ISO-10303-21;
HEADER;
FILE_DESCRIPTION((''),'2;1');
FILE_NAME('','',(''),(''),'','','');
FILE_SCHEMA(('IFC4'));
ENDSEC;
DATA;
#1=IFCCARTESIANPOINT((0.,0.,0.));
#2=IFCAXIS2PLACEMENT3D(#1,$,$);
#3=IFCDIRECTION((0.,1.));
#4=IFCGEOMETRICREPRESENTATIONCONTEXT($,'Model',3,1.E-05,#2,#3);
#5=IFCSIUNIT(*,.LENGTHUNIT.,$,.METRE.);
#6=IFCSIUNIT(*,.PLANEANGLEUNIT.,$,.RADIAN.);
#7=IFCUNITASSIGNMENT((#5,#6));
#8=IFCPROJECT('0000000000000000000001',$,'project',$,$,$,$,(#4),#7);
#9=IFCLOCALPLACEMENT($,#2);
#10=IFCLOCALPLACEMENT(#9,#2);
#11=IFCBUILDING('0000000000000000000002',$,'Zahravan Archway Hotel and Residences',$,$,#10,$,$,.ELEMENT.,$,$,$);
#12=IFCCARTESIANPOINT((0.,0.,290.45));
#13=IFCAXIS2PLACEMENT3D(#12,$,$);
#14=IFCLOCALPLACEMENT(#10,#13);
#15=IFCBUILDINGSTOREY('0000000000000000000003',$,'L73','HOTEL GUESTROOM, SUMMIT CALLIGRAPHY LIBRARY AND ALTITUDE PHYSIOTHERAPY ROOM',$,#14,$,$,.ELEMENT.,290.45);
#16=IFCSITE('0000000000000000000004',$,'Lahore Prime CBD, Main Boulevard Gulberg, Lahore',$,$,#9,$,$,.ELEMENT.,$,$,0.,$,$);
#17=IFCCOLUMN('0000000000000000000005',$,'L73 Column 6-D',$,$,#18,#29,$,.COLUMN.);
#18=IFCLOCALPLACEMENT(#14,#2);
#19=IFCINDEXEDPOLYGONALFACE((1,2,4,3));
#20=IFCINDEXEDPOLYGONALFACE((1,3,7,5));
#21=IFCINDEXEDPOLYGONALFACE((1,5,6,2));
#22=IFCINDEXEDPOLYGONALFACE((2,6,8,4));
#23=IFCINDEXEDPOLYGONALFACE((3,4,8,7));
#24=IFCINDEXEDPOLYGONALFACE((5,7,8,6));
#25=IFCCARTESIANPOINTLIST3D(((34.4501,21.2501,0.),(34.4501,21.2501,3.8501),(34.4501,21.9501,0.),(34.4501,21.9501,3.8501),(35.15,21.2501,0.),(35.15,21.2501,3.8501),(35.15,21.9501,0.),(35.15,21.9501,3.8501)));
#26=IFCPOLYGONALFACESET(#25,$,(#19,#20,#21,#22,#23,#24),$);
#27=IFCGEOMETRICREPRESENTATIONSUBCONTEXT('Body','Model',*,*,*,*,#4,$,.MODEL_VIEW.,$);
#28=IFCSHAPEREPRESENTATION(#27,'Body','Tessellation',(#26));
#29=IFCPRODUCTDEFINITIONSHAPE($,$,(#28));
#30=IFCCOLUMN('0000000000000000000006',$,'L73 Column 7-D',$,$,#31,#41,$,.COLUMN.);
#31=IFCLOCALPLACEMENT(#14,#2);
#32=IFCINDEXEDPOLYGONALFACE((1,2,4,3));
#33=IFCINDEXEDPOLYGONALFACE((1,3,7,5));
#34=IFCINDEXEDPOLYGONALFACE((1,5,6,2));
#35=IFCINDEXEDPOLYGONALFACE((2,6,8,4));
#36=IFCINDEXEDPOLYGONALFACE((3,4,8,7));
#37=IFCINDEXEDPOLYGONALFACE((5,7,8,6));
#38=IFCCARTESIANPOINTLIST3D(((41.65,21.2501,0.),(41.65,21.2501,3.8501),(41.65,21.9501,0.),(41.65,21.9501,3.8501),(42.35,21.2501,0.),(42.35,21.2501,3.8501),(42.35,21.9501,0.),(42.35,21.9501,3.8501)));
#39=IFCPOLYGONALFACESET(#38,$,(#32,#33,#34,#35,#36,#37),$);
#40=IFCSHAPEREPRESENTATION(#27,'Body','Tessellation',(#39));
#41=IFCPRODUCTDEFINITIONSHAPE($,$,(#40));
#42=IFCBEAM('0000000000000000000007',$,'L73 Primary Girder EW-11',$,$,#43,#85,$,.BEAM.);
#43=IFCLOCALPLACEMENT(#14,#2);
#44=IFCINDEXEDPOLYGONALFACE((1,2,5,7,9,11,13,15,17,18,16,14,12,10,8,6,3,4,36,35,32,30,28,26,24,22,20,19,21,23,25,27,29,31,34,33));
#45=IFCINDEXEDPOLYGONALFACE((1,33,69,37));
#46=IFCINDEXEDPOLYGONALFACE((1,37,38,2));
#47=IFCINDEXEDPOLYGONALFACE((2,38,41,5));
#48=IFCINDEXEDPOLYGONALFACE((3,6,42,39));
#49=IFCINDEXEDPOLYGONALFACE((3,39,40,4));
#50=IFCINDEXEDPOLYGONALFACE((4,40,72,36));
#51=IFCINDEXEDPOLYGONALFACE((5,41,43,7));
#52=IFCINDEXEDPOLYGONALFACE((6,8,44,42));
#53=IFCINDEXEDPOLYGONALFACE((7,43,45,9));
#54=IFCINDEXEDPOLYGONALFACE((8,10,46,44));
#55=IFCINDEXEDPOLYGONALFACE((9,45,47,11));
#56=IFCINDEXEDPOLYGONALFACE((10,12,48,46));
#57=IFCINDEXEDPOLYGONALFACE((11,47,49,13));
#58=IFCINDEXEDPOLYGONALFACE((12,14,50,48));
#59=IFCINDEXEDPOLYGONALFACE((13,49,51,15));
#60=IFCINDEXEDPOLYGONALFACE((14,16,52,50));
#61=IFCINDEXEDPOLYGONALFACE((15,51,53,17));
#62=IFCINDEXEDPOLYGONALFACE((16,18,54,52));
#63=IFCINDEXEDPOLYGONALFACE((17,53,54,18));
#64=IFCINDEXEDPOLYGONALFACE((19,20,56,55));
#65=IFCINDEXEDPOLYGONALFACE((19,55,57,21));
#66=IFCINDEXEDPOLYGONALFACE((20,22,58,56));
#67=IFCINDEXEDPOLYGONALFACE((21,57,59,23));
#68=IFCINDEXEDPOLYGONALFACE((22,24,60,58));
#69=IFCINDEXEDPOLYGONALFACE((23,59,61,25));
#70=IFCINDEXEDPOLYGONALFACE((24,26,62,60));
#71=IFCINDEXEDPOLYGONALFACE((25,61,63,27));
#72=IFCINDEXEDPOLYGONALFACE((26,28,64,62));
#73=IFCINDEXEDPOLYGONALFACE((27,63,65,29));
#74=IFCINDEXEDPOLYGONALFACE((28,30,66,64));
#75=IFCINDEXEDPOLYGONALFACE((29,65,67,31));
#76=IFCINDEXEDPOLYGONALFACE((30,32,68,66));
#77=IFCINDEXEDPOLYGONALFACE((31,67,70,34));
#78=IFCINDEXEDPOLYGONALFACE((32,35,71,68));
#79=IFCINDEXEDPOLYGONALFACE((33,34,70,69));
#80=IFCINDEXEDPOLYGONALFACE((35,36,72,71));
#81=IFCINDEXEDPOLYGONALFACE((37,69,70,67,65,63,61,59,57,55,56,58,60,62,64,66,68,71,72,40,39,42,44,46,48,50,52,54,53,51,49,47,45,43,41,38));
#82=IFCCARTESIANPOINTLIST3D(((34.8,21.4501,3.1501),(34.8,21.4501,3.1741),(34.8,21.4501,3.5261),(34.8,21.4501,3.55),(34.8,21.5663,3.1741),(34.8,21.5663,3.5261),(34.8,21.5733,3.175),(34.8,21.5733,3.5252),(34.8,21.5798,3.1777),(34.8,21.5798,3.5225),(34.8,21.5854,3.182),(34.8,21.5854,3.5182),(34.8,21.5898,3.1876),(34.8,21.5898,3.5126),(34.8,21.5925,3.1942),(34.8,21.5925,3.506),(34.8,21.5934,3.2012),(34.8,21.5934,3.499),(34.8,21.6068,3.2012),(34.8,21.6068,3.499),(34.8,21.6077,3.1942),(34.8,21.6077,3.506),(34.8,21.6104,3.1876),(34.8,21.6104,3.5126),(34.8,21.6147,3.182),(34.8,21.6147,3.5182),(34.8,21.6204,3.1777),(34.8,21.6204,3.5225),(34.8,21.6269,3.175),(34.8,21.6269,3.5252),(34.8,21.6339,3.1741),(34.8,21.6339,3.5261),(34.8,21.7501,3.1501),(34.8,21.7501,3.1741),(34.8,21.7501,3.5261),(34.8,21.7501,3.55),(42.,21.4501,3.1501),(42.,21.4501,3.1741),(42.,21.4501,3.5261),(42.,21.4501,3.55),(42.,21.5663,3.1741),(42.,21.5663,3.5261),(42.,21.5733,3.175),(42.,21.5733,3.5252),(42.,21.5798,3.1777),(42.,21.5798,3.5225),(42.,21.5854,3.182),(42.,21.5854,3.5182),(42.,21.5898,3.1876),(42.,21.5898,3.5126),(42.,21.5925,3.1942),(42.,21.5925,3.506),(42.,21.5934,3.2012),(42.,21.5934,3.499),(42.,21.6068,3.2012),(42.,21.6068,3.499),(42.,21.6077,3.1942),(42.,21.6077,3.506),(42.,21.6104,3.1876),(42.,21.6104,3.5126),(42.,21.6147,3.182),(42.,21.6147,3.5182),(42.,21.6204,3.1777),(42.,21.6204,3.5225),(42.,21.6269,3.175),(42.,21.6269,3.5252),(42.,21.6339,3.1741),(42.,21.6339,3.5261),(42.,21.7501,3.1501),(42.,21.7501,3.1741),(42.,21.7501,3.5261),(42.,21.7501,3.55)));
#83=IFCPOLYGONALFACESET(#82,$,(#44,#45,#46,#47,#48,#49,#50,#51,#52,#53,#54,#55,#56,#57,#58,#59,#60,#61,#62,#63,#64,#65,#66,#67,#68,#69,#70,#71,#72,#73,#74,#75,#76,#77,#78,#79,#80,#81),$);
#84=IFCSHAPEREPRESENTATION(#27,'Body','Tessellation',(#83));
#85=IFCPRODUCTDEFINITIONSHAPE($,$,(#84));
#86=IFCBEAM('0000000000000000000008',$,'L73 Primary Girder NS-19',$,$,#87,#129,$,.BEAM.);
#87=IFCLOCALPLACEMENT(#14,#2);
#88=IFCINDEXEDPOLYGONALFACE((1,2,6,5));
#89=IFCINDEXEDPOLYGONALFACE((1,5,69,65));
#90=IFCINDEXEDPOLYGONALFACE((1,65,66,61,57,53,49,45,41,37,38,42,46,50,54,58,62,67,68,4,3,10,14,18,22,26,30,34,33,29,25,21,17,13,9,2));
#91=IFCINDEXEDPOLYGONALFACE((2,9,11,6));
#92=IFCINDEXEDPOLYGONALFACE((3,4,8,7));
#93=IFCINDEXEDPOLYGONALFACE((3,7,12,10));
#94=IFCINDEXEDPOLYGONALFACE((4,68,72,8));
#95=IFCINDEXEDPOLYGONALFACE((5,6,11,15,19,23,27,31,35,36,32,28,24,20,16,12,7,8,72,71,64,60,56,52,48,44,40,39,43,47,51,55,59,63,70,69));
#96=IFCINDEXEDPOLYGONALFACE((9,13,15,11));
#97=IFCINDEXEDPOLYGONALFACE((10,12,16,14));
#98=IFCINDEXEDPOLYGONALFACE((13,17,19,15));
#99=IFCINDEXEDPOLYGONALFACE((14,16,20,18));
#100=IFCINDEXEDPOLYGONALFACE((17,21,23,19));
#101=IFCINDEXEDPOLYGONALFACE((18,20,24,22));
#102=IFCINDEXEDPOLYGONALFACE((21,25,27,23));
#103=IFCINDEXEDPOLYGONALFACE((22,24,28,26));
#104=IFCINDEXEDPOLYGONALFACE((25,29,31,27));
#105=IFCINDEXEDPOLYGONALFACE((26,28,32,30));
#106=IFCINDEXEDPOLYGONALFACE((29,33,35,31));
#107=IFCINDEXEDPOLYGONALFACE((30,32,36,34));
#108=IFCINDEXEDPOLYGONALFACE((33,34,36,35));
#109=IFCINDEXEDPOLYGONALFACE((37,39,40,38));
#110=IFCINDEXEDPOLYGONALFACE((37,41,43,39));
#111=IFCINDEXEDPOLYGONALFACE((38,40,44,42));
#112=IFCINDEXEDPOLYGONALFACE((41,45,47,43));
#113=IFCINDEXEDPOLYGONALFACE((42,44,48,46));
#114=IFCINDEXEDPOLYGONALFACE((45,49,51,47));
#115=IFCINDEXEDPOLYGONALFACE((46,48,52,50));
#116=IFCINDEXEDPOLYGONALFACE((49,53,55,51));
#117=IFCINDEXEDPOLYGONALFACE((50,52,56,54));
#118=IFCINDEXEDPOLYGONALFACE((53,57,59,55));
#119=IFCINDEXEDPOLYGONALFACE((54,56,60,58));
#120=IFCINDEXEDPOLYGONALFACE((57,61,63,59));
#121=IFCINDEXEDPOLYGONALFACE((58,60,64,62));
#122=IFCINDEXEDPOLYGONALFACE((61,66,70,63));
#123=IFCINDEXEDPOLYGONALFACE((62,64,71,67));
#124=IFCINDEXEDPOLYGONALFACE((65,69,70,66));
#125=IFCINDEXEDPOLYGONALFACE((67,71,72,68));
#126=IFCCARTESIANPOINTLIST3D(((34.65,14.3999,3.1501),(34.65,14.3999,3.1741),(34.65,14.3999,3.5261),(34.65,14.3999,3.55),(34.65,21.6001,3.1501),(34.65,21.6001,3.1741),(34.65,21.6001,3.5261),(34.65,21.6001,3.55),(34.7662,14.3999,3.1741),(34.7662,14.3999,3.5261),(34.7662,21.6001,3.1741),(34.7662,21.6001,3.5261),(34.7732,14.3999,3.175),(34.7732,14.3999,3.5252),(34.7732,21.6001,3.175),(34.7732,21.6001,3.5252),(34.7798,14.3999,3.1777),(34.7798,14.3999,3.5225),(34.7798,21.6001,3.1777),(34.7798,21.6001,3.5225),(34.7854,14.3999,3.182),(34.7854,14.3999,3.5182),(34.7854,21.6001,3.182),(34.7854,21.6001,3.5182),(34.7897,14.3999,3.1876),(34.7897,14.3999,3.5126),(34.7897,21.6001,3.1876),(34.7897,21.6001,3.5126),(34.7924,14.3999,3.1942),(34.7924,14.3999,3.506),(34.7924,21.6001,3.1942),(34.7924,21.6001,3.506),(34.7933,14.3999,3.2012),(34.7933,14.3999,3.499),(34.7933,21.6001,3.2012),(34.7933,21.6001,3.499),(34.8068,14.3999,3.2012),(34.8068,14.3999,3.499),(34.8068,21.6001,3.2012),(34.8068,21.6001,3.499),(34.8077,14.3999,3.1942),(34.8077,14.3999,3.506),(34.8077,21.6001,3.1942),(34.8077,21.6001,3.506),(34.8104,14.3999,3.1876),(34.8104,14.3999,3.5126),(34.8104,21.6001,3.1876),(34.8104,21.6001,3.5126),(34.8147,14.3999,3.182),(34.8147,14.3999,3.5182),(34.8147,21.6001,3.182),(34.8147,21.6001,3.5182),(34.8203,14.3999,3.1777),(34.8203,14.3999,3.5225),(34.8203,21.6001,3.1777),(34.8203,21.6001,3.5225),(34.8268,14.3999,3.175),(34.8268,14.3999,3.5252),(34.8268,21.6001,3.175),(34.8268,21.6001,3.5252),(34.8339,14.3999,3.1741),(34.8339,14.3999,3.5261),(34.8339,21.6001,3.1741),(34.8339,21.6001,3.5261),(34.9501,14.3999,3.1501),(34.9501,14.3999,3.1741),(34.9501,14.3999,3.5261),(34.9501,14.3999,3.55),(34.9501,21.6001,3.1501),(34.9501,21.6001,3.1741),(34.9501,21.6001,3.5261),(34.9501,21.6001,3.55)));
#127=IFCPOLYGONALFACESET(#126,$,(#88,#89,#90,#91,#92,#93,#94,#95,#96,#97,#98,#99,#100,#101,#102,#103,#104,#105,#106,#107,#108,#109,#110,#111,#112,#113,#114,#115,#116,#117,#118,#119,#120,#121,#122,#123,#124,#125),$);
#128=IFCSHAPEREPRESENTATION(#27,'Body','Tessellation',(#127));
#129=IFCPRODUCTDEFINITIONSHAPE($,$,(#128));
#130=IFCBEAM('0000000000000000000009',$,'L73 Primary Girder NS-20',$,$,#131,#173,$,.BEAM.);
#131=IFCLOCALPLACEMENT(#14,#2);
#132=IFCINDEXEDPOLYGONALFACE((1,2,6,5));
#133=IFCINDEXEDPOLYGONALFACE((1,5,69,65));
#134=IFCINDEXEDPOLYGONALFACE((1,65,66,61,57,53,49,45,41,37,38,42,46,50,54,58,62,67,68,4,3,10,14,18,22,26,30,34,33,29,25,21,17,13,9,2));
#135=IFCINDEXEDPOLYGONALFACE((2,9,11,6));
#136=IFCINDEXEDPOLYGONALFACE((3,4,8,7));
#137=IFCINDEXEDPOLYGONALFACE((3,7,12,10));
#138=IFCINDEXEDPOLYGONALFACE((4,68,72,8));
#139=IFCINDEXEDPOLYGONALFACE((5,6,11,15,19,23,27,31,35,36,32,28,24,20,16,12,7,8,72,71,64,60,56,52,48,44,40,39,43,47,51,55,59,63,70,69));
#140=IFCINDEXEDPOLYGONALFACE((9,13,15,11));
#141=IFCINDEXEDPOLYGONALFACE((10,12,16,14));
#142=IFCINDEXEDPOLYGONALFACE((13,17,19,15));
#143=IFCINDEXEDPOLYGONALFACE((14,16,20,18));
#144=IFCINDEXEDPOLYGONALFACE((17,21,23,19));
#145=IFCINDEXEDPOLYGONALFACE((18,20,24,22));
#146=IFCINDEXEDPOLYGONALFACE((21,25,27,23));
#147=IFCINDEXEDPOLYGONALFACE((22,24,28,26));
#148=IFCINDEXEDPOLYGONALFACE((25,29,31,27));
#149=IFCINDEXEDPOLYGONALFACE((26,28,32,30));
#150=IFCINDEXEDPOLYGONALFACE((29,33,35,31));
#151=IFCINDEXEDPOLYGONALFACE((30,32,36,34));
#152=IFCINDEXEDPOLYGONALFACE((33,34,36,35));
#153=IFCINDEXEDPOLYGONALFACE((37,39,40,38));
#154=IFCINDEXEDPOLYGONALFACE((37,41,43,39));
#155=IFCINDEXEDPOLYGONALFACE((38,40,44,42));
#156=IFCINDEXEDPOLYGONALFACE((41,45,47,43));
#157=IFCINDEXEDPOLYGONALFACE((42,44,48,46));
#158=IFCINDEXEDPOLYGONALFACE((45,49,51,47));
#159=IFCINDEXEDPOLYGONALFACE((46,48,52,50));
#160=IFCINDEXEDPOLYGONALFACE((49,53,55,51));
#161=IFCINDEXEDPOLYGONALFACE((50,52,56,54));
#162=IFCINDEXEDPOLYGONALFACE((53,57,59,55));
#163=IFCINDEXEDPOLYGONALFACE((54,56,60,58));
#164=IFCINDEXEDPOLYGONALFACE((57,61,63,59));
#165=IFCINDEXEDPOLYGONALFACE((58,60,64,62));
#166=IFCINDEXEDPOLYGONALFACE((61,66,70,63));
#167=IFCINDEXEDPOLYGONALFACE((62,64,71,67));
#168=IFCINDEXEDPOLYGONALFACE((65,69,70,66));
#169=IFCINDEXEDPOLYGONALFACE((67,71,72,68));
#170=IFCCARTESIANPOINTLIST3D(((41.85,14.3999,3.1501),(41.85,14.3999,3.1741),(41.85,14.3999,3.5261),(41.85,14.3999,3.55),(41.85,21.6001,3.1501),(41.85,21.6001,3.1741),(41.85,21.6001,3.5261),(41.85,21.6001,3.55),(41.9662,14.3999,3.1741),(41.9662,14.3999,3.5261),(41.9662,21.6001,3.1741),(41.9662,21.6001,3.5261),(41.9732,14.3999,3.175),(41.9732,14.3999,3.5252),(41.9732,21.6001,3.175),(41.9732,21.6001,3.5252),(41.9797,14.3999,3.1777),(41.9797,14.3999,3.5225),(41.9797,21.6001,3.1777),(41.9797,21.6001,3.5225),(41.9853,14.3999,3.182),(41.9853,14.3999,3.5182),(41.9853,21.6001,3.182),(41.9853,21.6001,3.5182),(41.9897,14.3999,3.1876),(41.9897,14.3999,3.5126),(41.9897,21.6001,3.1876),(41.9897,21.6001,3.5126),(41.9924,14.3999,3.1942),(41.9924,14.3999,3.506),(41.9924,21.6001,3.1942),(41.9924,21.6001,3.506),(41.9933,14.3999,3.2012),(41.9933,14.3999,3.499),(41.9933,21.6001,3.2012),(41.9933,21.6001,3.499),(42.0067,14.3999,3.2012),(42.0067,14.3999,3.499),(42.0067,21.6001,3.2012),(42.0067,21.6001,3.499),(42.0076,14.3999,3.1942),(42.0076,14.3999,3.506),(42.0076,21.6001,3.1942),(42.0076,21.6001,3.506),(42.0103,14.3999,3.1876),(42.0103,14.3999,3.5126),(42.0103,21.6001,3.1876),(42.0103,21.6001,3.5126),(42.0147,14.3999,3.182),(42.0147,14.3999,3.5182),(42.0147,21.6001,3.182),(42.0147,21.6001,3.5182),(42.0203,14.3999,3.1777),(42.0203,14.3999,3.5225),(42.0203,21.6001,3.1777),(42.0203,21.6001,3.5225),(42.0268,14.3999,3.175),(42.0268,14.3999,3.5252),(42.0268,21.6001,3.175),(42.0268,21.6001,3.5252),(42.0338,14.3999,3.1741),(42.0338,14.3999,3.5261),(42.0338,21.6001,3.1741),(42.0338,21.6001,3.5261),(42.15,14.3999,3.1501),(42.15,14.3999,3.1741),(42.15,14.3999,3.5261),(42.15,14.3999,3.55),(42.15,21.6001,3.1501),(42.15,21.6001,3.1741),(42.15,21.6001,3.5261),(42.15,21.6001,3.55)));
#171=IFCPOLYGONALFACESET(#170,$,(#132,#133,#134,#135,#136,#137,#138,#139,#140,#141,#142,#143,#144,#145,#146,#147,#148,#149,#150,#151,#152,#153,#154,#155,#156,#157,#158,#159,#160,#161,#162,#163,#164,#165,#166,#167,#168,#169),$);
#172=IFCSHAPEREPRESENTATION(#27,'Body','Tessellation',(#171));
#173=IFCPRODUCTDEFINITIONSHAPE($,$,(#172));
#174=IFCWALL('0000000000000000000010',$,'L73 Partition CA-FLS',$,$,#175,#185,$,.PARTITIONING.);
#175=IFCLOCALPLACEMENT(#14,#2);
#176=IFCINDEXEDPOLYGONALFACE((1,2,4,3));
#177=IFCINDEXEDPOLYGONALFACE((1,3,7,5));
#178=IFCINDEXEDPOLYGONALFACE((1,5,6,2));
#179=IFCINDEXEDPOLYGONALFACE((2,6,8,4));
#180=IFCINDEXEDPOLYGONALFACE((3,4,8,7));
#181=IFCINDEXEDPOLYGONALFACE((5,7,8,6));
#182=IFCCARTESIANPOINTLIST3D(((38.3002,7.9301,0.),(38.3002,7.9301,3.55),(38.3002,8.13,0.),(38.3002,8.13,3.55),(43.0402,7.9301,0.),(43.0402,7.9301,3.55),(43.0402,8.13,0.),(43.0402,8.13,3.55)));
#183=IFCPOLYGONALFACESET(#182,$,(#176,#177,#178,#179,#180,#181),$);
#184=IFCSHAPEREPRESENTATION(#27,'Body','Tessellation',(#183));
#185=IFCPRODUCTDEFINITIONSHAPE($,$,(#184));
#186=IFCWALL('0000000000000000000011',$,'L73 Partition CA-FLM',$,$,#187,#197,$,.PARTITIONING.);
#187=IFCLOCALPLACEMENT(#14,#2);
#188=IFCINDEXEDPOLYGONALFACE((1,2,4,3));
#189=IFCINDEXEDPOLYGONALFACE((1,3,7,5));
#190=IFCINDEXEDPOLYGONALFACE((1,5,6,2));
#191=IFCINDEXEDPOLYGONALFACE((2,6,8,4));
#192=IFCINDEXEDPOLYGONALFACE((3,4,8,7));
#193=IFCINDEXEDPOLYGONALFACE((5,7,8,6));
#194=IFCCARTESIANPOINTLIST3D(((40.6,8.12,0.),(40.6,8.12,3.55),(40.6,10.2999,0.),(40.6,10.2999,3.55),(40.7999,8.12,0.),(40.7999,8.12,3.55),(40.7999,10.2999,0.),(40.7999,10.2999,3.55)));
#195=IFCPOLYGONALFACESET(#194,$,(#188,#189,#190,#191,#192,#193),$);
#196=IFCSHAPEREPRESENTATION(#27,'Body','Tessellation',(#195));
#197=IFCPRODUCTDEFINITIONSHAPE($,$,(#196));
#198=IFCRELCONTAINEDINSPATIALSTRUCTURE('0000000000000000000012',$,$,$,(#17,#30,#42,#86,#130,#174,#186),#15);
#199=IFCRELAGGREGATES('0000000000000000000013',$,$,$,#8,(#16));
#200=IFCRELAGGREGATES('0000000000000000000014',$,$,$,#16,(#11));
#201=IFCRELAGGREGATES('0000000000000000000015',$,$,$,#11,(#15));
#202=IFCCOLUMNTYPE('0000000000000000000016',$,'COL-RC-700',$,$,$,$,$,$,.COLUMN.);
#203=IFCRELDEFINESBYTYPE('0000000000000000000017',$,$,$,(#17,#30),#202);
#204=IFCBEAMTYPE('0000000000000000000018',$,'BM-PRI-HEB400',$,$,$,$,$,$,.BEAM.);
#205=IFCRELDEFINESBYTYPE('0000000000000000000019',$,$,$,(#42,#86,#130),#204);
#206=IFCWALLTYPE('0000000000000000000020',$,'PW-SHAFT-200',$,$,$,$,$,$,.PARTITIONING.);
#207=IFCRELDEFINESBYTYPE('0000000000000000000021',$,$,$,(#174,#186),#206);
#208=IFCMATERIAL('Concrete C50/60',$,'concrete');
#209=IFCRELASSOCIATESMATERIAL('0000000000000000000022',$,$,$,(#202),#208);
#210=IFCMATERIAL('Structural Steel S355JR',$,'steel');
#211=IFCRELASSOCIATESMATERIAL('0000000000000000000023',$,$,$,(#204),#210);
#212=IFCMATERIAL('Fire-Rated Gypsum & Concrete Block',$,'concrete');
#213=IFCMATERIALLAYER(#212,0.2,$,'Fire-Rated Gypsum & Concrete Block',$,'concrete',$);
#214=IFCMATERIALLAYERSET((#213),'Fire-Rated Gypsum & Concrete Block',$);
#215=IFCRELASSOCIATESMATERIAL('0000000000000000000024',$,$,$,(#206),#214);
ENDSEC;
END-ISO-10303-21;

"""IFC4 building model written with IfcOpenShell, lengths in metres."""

from ifc_helpers import new_model, si_unit, direction, frame, frame_2d, origin, origin_2d, place, context, subcontext, project, spatial, rectangle, i_section, extrude, source, transform, mapped, material, layer, layer_set, material_profile, profile_set, type_object, type_shapes, element, save


model = new_model("IFC4")

# Units and contexts
model_context = context("Model", 3, precision=1e-05, world=origin(), true_north=direction((0.0, 1.0)))
body_context = subcontext(model_context, "Body", "Model", "MODEL_VIEW")
ifc_project = project(units=[si_unit("LENGTHUNIT", "METRE"), si_unit("PLANEANGLEUNIT", "RADIAN")], contexts=[model_context])

# Site, building, storey
site_placement = place(None, origin())
site = spatial("IfcSite", under=ifc_project, at=site_placement, Name="Lahore Prime CBD, Main Boulevard Gulberg, Lahore", CompositionType="ELEMENT", RefElevation=0.0)
building_placement = place(site_placement, origin())
building = spatial("IfcBuilding", under=site, at=building_placement, Name="Zahravan Archway Hotel and Residences", CompositionType="ELEMENT")
storey_placement = place(building_placement, frame((0.0, 0.0, 290.45)))
storey = spatial("IfcBuildingStorey", under=building, at=storey_placement, Name="L73", Description="HOTEL GUESTROOM, SUMMIT CALLIGRAPHY LIBRARY AND ALTITUDE PHYSIOTHERAPY ROOM", CompositionType="ELEMENT", Elevation=290.45)

# Columns
ifc_material_1 = material(Name="Concrete C50/60", Category="concrete")
ifc_material_profile_1 = material_profile(ifc_material_1, rectangle(XDim=0.7, YDim=0.7, at=origin_2d()), Name="RC-COL-700x700", Category="concrete")
ifc_profile_set_1 = profile_set([ifc_material_profile_1], Name="Concrete C50/60")
column_type = type_object("IfcColumnType", Name="COL-RC-700", PredefinedType="COLUMN", material=ifc_profile_set_1)
shared_shape_1 = source(origin(), body_context, "Body", "SweptSolid", [
    extrude(rectangle(XDim=0.7, YDim=0.7, at=origin_2d()), origin(), (0.0, 0.0, 1.0), 3.8501),
])
for number, where, z_axis, x_axis, name in (
    (1, (34.8, 21.6001, 0.0), (0.0, 0.0, 1.0), (1.0, 0.0, 0.0), "L73 Column 6-D"),
    (2, (42.0, 21.6001, 0.0), (0.0, 0.0, 1.0), (1.0, 0.0, 0.0), "L73 Column 7-D"),
):
    element("IfcColumn", number, at=place(storey_placement, frame(where, z_axis=z_axis, x_axis=x_axis)), inside=storey, type_object=column_type, Name=name, PredefinedType="COLUMN", context=body_context, shape_type="MappedRepresentation", body=[
        mapped(shared_shape_1, transform((0.0, 0.0, 0.0), scale=1.0)),
    ])

# Beams
ifc_material_2 = material(Name="Structural Steel S355JR", Category="steel")
ifc_material_profile_2 = material_profile(ifc_material_2, i_section(OverallWidth=0.3, OverallDepth=0.3999, WebThickness=0.0134, FlangeThickness=0.0239, FilletRadius=0.0271, at=origin_2d()), Name="HEB 400", Category="steel")
ifc_profile_set_2 = profile_set([ifc_material_profile_2], Name="Structural Steel S355JR")
beam_type = type_object("IfcBeamType", Name="BM-PRI-HEB400", PredefinedType="BEAM", material=ifc_profile_set_2)
shared_shape_2 = source(origin(), body_context, "Body", "SweptSolid", [
    extrude(i_section(OverallWidth=0.3, OverallDepth=0.3999, WebThickness=0.0134, FlangeThickness=0.0239, FilletRadius=0.0271, at=origin_2d()), origin(), (0.0, 0.0, 1.0), 7.2),
])
type_shapes(beam_type, [shared_shape_2])
beam_placement = place(storey_placement, frame((34.8, 21.6001, 3.3501), z_axis=(1.0, 0.0, 0.0), x_axis=(0.0, 1.0, 0.0)))
element("IfcBeam", 3, at=beam_placement, inside=storey, type_object=beam_type, Name="L73 Primary Girder EW-11", PredefinedType="BEAM", context=body_context, shape_type="MappedRepresentation", body=[
    mapped(shared_shape_2, transform((0.0, 0.0, 0.0), scale=1.0)),
])
shared_shape_3 = source(origin(), body_context, "Body", "SweptSolid", [
    extrude(i_section(OverallWidth=0.3, OverallDepth=0.3999, WebThickness=0.0134, FlangeThickness=0.0239, FilletRadius=0.0271, at=origin_2d()), origin(), (0.0, 0.0, 1.0), 7.2002),
])
for number, where, z_axis, x_axis, name in (
    (4, (34.8, 14.3999, 3.3501), (0.0, 1.0, 0.0), (-1.0, 0.0, 0.0), "L73 Primary Girder NS-19"),
    (5, (42.0, 14.3999, 3.3501), (0.0, 1.0, 0.0), (-1.0, 0.0, 0.0), "L73 Primary Girder NS-20"),
):
    element("IfcBeam", number, at=place(storey_placement, frame(where, z_axis=z_axis, x_axis=x_axis)), inside=storey, type_object=beam_type, Name=name, PredefinedType="BEAM", context=body_context, shape_type="MappedRepresentation", body=[
        mapped(shared_shape_3, transform((0.0, 0.0, 0.0), scale=1.0)),
    ])

# Shared definitions
ifc_material_3 = material(Name="Fire-Rated Gypsum & Concrete Block", Category="concrete")

# Walls
ifc_layer_1 = layer(ifc_material_3, 0.2, Name="Fire-Rated Gypsum & Concrete Block", Category="concrete")
ifc_layer_set_1 = layer_set([ifc_layer_1], Name="Fire-Rated Gypsum & Concrete Block")
wall_type_1 = type_object("IfcWallType", Name="PW-SHAFT-200", PredefinedType="PARTITIONING", material=ifc_layer_set_1)
wall_1_placement = place(storey_placement, frame((38.3, 8.03, 0.0), z_axis=(0.0, 0.0, 1.0), x_axis=(1.0, 0.0, 0.0)))
element("IfcWall", 6, at=wall_1_placement, inside=storey, type_object=wall_type_1, Name="L73 Partition CA-FLS", PredefinedType="PARTITIONING", context=body_context, shape_type="SweptSolid", body=[
    extrude(rectangle(XDim=4.74, YDim=0.2, at=frame_2d((2.3701, 0.0))), origin(), (0.0, 0.0, 1.0), 3.55),
])
wall_2_placement = place(storey_placement, frame((40.7, 8.1201, 0.0), z_axis=(0.0, 0.0, 1.0), x_axis=(0.0, 1.0, 0.0)))
element("IfcWall", 7, at=wall_2_placement, inside=storey, type_object=wall_type_1, Name="L73 Partition CA-FLM", PredefinedType="PARTITIONING", context=body_context, shape_type="SweptSolid", body=[
    extrude(rectangle(XDim=2.1799, YDim=0.2, at=frame_2d((1.0898, 0.0))), origin(), (0.0, 0.0, 1.0), 3.55),
])

save(model, "model.ifc")
